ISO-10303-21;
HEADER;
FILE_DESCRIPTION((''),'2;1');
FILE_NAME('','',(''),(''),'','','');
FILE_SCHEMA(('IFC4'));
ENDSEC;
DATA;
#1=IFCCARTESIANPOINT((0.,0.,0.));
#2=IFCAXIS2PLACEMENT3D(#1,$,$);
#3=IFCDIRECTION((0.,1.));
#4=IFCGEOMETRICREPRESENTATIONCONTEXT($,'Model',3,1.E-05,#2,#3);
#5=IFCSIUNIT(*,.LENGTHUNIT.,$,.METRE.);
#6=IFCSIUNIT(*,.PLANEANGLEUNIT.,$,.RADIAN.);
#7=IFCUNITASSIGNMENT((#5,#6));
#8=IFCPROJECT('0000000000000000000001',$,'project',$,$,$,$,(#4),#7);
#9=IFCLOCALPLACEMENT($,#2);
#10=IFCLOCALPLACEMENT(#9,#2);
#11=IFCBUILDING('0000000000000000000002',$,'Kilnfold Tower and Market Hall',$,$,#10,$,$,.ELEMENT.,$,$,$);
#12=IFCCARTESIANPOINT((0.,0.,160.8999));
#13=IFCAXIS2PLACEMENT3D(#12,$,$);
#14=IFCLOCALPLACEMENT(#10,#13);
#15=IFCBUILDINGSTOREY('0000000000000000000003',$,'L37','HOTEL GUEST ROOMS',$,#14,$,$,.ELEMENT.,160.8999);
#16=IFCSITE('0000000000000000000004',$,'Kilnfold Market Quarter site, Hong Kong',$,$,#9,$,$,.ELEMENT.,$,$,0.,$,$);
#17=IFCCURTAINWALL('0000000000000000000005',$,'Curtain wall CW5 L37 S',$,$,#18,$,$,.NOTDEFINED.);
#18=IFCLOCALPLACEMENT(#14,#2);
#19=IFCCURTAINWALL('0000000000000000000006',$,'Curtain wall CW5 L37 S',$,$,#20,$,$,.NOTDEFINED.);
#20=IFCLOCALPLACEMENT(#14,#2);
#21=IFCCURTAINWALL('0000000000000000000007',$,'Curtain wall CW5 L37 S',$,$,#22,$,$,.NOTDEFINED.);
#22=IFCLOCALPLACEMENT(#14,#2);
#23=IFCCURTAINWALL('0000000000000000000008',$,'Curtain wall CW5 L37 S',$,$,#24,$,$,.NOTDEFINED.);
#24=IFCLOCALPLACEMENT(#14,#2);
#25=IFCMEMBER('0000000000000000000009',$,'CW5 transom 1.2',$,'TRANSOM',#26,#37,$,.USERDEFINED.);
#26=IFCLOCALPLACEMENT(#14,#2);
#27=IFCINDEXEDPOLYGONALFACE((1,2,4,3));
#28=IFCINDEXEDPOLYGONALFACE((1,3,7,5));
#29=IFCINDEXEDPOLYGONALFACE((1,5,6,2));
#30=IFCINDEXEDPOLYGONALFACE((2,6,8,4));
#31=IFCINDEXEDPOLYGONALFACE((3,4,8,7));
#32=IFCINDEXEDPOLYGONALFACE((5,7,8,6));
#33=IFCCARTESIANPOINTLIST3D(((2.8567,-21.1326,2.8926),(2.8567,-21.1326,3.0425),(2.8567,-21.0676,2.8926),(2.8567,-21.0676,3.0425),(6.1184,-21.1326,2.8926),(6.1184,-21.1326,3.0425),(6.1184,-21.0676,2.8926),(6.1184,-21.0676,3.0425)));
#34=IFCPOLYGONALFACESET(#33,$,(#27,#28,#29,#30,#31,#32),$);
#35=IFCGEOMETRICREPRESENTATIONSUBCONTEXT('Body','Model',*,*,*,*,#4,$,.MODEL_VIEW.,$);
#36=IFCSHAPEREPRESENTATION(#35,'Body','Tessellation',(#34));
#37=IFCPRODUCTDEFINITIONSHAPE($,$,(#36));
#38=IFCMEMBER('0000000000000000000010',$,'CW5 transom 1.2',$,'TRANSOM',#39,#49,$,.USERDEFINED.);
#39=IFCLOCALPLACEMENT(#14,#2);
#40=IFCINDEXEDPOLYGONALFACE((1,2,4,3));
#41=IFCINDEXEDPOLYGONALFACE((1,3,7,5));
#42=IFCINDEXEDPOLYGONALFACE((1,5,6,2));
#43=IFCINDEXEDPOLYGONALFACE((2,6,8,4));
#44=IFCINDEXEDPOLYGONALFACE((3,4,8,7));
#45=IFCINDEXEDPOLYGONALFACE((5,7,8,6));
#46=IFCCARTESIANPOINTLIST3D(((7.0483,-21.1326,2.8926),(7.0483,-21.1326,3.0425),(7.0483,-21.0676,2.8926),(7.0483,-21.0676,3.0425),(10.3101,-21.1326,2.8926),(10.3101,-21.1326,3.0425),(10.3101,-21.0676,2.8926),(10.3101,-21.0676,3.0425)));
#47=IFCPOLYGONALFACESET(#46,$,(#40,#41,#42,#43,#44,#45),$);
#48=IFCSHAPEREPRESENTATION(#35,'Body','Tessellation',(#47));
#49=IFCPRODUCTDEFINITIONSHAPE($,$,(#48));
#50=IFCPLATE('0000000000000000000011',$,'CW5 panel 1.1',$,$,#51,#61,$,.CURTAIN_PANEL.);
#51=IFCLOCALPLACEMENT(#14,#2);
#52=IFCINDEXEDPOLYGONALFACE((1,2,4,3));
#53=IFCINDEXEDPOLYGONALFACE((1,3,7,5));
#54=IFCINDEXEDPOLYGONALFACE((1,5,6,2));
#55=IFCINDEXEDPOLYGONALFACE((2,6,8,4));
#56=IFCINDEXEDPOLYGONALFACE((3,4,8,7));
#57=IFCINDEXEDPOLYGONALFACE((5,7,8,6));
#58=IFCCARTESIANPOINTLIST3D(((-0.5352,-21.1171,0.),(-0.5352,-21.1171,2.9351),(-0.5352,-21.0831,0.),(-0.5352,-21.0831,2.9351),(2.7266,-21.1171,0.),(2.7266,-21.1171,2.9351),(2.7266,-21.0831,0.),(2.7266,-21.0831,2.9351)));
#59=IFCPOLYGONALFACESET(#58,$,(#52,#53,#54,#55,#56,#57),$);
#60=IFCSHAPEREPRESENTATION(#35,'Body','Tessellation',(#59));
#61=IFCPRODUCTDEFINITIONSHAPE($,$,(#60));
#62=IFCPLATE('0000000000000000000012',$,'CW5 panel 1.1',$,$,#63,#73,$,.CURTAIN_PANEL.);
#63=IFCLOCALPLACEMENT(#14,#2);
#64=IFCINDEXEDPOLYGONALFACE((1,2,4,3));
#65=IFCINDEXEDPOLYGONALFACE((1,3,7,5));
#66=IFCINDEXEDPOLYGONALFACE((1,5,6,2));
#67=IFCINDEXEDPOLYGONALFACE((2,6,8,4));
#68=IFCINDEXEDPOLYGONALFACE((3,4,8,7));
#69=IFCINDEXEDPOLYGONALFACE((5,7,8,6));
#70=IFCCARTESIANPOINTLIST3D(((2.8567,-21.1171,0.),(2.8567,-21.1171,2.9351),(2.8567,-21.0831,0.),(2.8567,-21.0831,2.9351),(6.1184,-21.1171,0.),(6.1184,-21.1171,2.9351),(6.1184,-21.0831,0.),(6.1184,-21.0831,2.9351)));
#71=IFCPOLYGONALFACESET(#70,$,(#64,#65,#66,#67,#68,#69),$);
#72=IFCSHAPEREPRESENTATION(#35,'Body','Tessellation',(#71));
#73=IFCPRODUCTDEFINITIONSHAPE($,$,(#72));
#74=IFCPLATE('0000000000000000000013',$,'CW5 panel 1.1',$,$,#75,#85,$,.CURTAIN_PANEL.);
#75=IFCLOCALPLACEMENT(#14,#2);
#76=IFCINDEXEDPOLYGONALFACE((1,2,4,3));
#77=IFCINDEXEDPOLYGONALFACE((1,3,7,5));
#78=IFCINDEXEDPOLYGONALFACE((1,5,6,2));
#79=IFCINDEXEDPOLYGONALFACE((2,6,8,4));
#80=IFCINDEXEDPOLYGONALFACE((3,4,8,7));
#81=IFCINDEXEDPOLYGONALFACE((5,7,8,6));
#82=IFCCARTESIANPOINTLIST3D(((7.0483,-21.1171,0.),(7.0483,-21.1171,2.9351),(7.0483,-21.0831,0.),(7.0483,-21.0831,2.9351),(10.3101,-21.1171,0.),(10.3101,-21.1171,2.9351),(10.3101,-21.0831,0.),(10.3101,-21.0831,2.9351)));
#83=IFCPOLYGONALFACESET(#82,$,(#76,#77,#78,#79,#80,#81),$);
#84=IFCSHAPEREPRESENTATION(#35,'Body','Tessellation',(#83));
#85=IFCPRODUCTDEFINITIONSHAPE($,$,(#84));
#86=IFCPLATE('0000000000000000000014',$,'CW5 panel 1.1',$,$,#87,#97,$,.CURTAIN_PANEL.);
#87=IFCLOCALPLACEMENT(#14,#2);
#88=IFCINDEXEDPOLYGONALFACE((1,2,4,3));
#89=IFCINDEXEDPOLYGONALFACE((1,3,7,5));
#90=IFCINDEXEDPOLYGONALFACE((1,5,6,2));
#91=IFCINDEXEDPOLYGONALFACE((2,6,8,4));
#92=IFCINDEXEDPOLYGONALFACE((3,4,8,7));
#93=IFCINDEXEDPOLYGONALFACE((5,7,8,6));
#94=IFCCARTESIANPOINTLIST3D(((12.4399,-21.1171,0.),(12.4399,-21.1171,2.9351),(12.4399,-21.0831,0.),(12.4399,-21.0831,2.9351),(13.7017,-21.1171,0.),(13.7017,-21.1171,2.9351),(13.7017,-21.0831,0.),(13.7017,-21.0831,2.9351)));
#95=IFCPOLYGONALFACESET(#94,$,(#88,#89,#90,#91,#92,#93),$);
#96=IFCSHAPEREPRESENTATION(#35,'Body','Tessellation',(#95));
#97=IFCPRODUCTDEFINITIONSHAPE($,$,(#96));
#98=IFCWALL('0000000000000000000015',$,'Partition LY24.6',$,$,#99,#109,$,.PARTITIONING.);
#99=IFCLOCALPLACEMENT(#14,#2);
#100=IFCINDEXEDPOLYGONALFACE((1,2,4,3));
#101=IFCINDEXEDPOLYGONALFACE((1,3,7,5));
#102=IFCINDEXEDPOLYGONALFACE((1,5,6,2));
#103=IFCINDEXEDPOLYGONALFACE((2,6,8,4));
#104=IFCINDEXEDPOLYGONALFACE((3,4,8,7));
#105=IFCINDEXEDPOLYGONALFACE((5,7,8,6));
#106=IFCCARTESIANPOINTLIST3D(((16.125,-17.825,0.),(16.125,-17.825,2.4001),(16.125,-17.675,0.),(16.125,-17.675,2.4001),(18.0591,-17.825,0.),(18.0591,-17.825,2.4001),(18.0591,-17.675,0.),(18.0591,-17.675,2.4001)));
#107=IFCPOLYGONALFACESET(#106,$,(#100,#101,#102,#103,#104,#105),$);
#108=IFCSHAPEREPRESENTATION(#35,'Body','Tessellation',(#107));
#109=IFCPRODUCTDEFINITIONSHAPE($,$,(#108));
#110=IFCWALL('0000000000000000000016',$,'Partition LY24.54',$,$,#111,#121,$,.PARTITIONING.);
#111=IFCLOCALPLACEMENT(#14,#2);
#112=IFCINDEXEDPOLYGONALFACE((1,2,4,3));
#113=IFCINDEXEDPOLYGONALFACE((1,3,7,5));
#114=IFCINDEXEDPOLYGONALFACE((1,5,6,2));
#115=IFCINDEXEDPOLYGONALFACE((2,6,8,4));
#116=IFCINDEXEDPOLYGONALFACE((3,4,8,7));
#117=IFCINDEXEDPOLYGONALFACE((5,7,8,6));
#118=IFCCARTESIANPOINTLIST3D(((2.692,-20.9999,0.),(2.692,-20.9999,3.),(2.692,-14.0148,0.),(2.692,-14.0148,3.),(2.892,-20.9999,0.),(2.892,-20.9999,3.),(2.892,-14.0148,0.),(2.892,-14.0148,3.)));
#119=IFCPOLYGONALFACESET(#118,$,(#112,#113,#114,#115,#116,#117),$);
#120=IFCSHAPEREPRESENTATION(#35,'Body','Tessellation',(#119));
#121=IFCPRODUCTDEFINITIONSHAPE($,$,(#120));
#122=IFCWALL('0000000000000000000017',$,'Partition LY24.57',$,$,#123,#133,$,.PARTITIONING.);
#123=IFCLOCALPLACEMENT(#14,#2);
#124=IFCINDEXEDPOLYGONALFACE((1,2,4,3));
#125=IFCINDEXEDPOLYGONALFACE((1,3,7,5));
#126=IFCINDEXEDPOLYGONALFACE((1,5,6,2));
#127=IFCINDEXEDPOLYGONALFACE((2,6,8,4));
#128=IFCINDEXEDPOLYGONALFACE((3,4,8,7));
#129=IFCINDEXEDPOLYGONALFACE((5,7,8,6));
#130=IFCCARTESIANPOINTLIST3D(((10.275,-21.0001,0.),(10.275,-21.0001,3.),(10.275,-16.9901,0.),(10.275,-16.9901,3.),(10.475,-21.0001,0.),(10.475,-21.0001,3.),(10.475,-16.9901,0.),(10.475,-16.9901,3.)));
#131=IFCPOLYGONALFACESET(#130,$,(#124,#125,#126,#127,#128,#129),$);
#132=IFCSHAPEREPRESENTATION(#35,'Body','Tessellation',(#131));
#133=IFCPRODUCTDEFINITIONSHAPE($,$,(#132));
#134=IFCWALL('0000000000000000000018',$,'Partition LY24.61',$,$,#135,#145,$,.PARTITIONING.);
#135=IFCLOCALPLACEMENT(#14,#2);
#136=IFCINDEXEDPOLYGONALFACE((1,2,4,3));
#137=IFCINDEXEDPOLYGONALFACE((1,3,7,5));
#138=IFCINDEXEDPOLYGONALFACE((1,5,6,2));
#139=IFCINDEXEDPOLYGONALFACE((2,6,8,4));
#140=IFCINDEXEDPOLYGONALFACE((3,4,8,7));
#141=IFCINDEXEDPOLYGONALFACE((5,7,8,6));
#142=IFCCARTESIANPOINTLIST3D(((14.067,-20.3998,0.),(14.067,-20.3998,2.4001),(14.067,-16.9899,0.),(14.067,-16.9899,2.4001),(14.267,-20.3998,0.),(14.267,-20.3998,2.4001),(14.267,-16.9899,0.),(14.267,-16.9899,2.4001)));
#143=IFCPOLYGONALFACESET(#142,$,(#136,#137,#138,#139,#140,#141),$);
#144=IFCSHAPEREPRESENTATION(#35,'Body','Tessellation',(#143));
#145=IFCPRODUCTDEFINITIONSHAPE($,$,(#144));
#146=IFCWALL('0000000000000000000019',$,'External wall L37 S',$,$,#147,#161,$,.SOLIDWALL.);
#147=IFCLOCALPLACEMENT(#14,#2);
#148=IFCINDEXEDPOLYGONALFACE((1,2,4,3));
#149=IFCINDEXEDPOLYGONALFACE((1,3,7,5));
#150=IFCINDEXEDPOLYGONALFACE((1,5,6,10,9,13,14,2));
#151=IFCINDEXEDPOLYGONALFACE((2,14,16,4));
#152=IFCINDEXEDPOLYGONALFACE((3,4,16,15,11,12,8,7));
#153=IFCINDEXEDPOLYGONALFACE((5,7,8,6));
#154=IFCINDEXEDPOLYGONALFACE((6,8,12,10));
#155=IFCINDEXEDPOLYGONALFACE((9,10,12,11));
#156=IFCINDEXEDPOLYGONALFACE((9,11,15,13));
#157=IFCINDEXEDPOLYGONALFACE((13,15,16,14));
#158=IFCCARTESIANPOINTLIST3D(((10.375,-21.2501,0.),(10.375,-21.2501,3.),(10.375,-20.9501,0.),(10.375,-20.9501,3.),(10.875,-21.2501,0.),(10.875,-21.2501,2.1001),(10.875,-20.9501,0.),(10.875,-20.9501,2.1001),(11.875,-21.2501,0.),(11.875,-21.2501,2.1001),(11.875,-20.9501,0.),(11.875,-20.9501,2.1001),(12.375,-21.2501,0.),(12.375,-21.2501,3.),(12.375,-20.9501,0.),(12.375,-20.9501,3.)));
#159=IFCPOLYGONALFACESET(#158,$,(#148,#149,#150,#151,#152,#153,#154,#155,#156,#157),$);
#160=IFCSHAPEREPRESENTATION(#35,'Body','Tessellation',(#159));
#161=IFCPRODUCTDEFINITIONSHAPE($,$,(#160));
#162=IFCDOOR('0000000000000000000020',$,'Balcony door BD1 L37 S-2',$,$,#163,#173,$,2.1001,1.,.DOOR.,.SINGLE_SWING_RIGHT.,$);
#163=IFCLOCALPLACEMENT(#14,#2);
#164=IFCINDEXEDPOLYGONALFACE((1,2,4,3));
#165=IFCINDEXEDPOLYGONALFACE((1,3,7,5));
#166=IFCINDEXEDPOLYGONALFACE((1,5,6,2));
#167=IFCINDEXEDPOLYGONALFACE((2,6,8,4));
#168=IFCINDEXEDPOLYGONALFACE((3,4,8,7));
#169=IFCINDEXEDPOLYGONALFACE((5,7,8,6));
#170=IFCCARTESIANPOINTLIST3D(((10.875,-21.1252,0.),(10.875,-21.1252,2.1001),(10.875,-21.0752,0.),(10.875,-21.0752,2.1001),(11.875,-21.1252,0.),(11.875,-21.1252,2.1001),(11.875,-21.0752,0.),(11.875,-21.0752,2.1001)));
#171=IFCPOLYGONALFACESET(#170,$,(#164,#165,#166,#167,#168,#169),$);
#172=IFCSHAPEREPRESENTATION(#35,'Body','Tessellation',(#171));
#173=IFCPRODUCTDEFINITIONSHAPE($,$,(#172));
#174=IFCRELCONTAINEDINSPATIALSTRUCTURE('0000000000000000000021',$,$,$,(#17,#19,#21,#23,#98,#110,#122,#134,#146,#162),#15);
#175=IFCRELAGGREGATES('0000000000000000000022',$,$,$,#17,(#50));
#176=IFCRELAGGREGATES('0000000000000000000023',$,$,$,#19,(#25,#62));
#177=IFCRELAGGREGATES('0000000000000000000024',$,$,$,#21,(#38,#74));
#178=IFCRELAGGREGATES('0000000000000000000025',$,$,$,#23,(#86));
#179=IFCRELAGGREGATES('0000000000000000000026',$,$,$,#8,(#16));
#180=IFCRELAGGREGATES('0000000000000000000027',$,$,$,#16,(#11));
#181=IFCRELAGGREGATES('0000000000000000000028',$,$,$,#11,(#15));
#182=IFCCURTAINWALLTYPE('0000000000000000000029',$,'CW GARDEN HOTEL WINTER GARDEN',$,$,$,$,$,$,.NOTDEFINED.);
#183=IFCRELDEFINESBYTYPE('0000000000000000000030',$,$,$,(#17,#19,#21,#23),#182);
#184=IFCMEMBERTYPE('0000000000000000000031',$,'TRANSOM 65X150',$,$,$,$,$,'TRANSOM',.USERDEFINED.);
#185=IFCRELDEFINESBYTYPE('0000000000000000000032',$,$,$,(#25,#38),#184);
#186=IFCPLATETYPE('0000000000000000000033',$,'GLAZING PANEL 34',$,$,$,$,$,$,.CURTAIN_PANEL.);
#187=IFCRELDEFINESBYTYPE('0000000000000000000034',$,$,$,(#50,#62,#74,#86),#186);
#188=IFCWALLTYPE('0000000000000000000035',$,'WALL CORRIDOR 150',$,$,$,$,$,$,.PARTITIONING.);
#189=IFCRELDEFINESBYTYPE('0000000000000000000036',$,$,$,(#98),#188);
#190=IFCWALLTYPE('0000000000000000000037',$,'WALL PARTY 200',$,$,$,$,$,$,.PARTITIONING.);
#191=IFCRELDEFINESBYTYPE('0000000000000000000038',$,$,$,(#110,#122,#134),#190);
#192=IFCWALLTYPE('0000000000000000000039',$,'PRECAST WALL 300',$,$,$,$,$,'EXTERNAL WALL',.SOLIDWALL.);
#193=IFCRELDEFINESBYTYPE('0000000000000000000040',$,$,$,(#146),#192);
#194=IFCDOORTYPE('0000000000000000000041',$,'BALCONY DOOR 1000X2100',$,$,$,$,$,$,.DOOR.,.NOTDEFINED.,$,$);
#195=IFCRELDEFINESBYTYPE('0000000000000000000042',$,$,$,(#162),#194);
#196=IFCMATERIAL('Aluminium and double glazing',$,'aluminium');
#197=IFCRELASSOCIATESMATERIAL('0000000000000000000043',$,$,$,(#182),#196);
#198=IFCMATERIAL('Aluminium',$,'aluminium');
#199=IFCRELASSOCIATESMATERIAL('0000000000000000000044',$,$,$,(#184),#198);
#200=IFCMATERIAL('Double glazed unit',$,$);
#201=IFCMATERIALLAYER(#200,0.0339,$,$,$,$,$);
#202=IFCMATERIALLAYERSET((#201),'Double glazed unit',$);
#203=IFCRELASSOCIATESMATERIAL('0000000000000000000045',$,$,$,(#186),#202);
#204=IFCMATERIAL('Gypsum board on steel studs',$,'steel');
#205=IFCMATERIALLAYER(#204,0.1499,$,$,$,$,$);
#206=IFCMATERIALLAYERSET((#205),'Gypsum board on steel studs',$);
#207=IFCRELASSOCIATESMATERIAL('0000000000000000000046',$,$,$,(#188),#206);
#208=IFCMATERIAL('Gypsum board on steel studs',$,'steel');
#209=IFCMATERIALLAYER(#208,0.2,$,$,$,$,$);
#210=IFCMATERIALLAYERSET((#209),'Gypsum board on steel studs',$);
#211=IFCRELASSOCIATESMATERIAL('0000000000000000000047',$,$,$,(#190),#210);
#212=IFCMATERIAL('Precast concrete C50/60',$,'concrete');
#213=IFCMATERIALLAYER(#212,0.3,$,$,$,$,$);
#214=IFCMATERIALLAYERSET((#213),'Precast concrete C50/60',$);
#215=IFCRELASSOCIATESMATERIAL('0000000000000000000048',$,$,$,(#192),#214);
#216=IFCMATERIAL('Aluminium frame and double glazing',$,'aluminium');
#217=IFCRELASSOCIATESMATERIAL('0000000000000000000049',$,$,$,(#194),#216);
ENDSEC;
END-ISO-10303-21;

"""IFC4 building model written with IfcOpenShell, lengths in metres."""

from ifc_helpers import new_model, si_unit, direction, frame, frame_2d, origin, origin_2d, place, context, subcontext, project, spatial, rectangle, extrude, source, transform, mapped, material, layer, layer_set, material_profile, profile_set, type_object, element, fill, aggregate, save


model = new_model("IFC4")

# Units and contexts
model_context = context("Model", 3, precision=1e-05, world=origin(), true_north=direction((0.0, 1.0)))
body_context = subcontext(model_context, "Body", "Model", "MODEL_VIEW")
ifc_project = project(units=[si_unit("LENGTHUNIT", "METRE"), si_unit("PLANEANGLEUNIT", "RADIAN")], contexts=[model_context])

# Site, building, storey
site_placement = place(None, origin())
site = spatial("IfcSite", under=ifc_project, at=site_placement, Name="Kilnfold Market Quarter site, Hong Kong", CompositionType="ELEMENT", RefElevation=0.0)
building_placement = place(site_placement, origin())
building = spatial("IfcBuilding", under=site, at=building_placement, Name="Kilnfold Tower and Market Hall", CompositionType="ELEMENT")
storey_placement = place(building_placement, frame((0.0, 0.0, 160.8999)))
storey = spatial("IfcBuildingStorey", under=building, at=storey_placement, Name="L37", Description="HOTEL GUEST ROOMS", CompositionType="ELEMENT", Elevation=160.8999)

# Curtain wall
ifc_material_1 = material(Name="Aluminium and double glazing", Category="aluminium")
curtain_wall_type = type_object("IfcCurtainWallType", Name="CW GARDEN HOTEL WINTER GARDEN", PredefinedType="NOTDEFINED", material=ifc_material_1)
curtain_wall_1_placement = place(storey_placement, origin())
curtain_wall_1 = element("IfcCurtainWall", 1, at=curtain_wall_1_placement, inside=storey, type_object=curtain_wall_type, Name="Curtain wall CW5 L37 S", PredefinedType="NOTDEFINED")

# Curtain walls
curtain_wall_2_placement = place(storey_placement, origin())
curtain_wall_2 = element("IfcCurtainWall", 2, at=curtain_wall_2_placement, inside=storey, type_object=curtain_wall_type, Name="Curtain wall CW5 L37 S", PredefinedType="NOTDEFINED")
curtain_wall_3_placement = place(storey_placement, origin())
curtain_wall_3 = element("IfcCurtainWall", 3, at=curtain_wall_3_placement, inside=storey, type_object=curtain_wall_type, Name="Curtain wall CW5 L37 S", PredefinedType="NOTDEFINED")
curtain_wall_4_placement = place(storey_placement, origin())
curtain_wall_4 = element("IfcCurtainWall", 4, at=curtain_wall_4_placement, inside=storey, type_object=curtain_wall_type, Name="Curtain wall CW5 L37 S", PredefinedType="NOTDEFINED")

# Members
ifc_material_2 = material(Name="Aluminium", Category="aluminium")
ifc_material_profile_1 = material_profile(ifc_material_2, rectangle(XDim=0.0649, YDim=0.1499, at=origin_2d()), Name="TRANSOM 65x150")
ifc_profile_set_1 = profile_set([ifc_material_profile_1], Name="Aluminium")
member_type_1 = type_object("IfcMemberType", Name="TRANSOM 65X150", ElementType="TRANSOM", PredefinedType="USERDEFINED", material=ifc_profile_set_1)
shared_shape_1 = source(origin(), body_context, "Body", "SweptSolid", [
    extrude(rectangle(XDim=0.0649, YDim=0.1499, at=origin_2d()), origin(), (0.0, 0.0, 1.0), 3.2617),
])
member_1_placement = place(storey_placement, frame((2.8567, -21.1001, 2.9675), z_axis=(1.0, 0.0, 0.0), x_axis=(0.0, 1.0, 0.0)))
member_1 = element("IfcMember", 5, at=member_1_placement, type_object=member_type_1, Name="CW5 transom 1.2", ObjectType="TRANSOM", PredefinedType="USERDEFINED", context=body_context, shape_type="MappedRepresentation", body=[
    mapped(shared_shape_1, transform((0.0, 0.0, 0.0))),
])
member_2_placement = place(storey_placement, frame((7.0483, -21.1001, 2.9675), z_axis=(1.0, 0.0, 0.0), x_axis=(0.0, 1.0, 0.0)))
member_2 = element("IfcMember", 6, at=member_2_placement, type_object=member_type_1, Name="CW5 transom 1.2", ObjectType="TRANSOM", PredefinedType="USERDEFINED", context=body_context, shape_type="MappedRepresentation", body=[
    mapped(shared_shape_1, transform((0.0, 0.0, 0.0))),
])

# Plates
ifc_material_3 = material(Name="Double glazed unit")
ifc_layer_1 = layer(ifc_material_3, 0.0339)
ifc_layer_set_1 = layer_set([ifc_layer_1], Name="Double glazed unit")
plate_type = type_object("IfcPlateType", Name="GLAZING PANEL 34", PredefinedType="CURTAIN_PANEL", material=ifc_layer_set_1)
shared_shape_2 = source(origin(), body_context, "Body", "SweptSolid", [
    extrude(rectangle(XDim=3.2617, YDim=0.0339, at=origin_2d()), origin(), (0.0, 0.0, 1.0), 2.9351),
])
plate_1_placement = place(storey_placement, frame((1.0957, -21.1001, 0.0), z_axis=(0.0, 0.0, 1.0), x_axis=(1.0, 0.0, 0.0)))
plate_1 = element("IfcPlate", 7, at=plate_1_placement, type_object=plate_type, Name="CW5 panel 1.1", PredefinedType="CURTAIN_PANEL", context=body_context, shape_type="MappedRepresentation", body=[
    mapped(shared_shape_2, transform((0.0, 0.0, 0.0))),
])
aggregate(curtain_wall_1, [plate_1])
plate_2_placement = place(storey_placement, frame((4.4875, -21.1001, 0.0), z_axis=(0.0, 0.0, 1.0), x_axis=(1.0, 0.0, 0.0)))
plate_2 = element("IfcPlate", 8, at=plate_2_placement, type_object=plate_type, Name="CW5 panel 1.1", PredefinedType="CURTAIN_PANEL", context=body_context, shape_type="MappedRepresentation", body=[
    mapped(shared_shape_2, transform((0.0, 0.0, 0.0))),
])
aggregate(curtain_wall_2, [member_1, plate_2])
plate_3_placement = place(storey_placement, frame((8.6792, -21.1001, 0.0), z_axis=(0.0, 0.0, 1.0), x_axis=(1.0, 0.0, 0.0)))
plate_3 = element("IfcPlate", 9, at=plate_3_placement, type_object=plate_type, Name="CW5 panel 1.1", PredefinedType="CURTAIN_PANEL", context=body_context, shape_type="MappedRepresentation", body=[
    mapped(shared_shape_2, transform((0.0, 0.0, 0.0))),
])
aggregate(curtain_wall_3, [member_2, plate_3])
shared_shape_3 = source(origin(), body_context, "Body", "SweptSolid", [
    extrude(rectangle(XDim=1.2617, YDim=0.0339, at=origin_2d()), origin(), (0.0, 0.0, 1.0), 2.9351),
])
plate_4_placement = place(storey_placement, frame((13.0708, -21.1001, 0.0), z_axis=(0.0, 0.0, 1.0), x_axis=(1.0, 0.0, 0.0)))
plate_4 = element("IfcPlate", 10, at=plate_4_placement, type_object=plate_type, Name="CW5 panel 1.1", PredefinedType="CURTAIN_PANEL", context=body_context, shape_type="MappedRepresentation", body=[
    mapped(shared_shape_3, transform((0.0, 0.0, 0.0))),
])
aggregate(curtain_wall_4, [plate_4])

# Walls
ifc_material_4 = material(Name="Gypsum board on steel studs", Category="steel")
ifc_layer_2 = layer(ifc_material_4, 0.1499)
ifc_layer_set_2 = layer_set([ifc_layer_2], Name="Gypsum board on steel studs")
wall_type_1 = type_object("IfcWallType", Name="WALL CORRIDOR 150", PredefinedType="PARTITIONING", material=ifc_layer_set_2)
wall_1_placement = place(storey_placement, frame((16.125, -17.75, 0.0), z_axis=(0.0, 0.0, 1.0), x_axis=(1.0, 0.0, 0.0)))
element("IfcWall", 11, at=wall_1_placement, inside=storey, type_object=wall_type_1, Name="Partition LY24.6", PredefinedType="PARTITIONING", context=body_context, shape_type="SweptSolid", body=[
    extrude(rectangle(XDim=1.9341, YDim=0.1499, at=frame_2d((0.967, 0.0))), origin(), (0.0, 0.0, 1.0), 2.4001),
])
ifc_material_5 = material(Name="Gypsum board on steel studs", Category="steel")
ifc_layer_3 = layer(ifc_material_5, 0.2)
ifc_layer_set_3 = layer_set([ifc_layer_3], Name="Gypsum board on steel studs")
wall_type_2 = type_object("IfcWallType", Name="WALL PARTY 200", PredefinedType="PARTITIONING", material=ifc_layer_set_3)
wall_2_placement = place(storey_placement, frame((2.792, -21.0, 0.0), z_axis=(0.0, 0.0, 1.0), x_axis=(0.0, 1.0, 0.0)))
element("IfcWall", 12, at=wall_2_placement, inside=storey, type_object=wall_type_2, Name="Partition LY24.54", PredefinedType="PARTITIONING", context=body_context, shape_type="SweptSolid", body=[
    extrude(rectangle(XDim=6.9851, YDim=0.2, at=frame_2d((3.4927, 0.0))), origin(), (0.0, 0.0, 1.0), 3.0),
])
wall_3_placement = place(storey_placement, frame((10.375, -21.0, 0.0), z_axis=(0.0, 0.0, 1.0), x_axis=(0.0, 1.0, 0.0)))
element("IfcWall", 13, at=wall_3_placement, inside=storey, type_object=wall_type_2, Name="Partition LY24.57", PredefinedType="PARTITIONING", context=body_context, shape_type="SweptSolid", body=[
    extrude(rectangle(XDim=4.01, YDim=0.2, at=frame_2d((2.0049, 0.0))), origin(), (0.0, 0.0, 1.0), 3.0),
])
wall_4_placement = place(storey_placement, frame((14.167, -20.3999, 0.0), z_axis=(0.0, 0.0, 1.0), x_axis=(0.0, 1.0, 0.0)))
element("IfcWall", 14, at=wall_4_placement, inside=storey, type_object=wall_type_2, Name="Partition LY24.61", PredefinedType="PARTITIONING", context=body_context, shape_type="SweptSolid", body=[
    extrude(rectangle(XDim=3.4099, YDim=0.2, at=frame_2d((1.7051, 0.0))), origin(), (0.0, 0.0, 1.0), 2.4001),
])

# Wall, opening, door
ifc_material_6 = material(Name="Precast concrete C50/60", Category="concrete")
ifc_layer_4 = layer(ifc_material_6, 0.3)
ifc_layer_set_4 = layer_set([ifc_layer_4], Name="Precast concrete C50/60")
wall_type_3 = type_object("IfcWallType", Name="PRECAST WALL 300", ElementType="EXTERNAL WALL", PredefinedType="SOLIDWALL", material=ifc_layer_set_4)
shared_shape_4 = source(origin(), body_context, "Body", "SweptSolid", [
    extrude(rectangle(XDim=2.0, YDim=0.3, at=frame_2d((1.0, 0.0))), origin(), (0.0, 0.0, 1.0), 3.0),
])
wall_5_placement = place(storey_placement, frame((10.375, -21.1001, 0.0), z_axis=(0.0, 0.0, 1.0), x_axis=(1.0, 0.0, 0.0)))
wall_5 = element("IfcWall", 15, at=wall_5_placement, inside=storey, type_object=wall_type_3, Name="External wall L37 S", PredefinedType="SOLIDWALL", context=body_context, shape_type="MappedRepresentation", body=[
    mapped(shared_shape_4, transform((0.0, 0.0, 0.0))),
])
opening_1_placement = place(wall_5_placement, frame((0.5, 0.0, 0.0)))
opening_1 = element("IfcOpeningElement", 16, at=opening_1_placement, cuts=wall_5, PredefinedType="OPENING", context=body_context, shape_type="SweptSolid", body=[
    extrude(rectangle(XDim=1.0, YDim=2.1001, at=frame_2d((0.5, 1.05))), frame((0.0, 0.1602, 0.0), z_axis=(0.0, -1.0, 0.0), x_axis=(1.0, 0.0, 0.0)), (0.0, 0.0, 1.0), 0.3201),
])
ifc_material_7 = material(Name="Aluminium frame and double glazing", Category="aluminium")
door_type = type_object("IfcDoorType", Name="BALCONY DOOR 1000X2100", OperationType="NOTDEFINED", PredefinedType="DOOR", material=ifc_material_7)
door_1_placement = place(opening_1_placement, origin())
door_1 = element("IfcDoor", 17, at=door_1_placement, inside=storey, type_object=door_type, Name="Balcony door BD1 L37 S-2", OperationType="SINGLE_SWING_RIGHT", OverallHeight=2.1001, OverallWidth=1.0, PredefinedType="DOOR", context=body_context, shape_type="SweptSolid", body=[
    extrude(rectangle(XDim=1.0, YDim=2.1001, at=frame_2d((0.5, 1.05))), frame((0.0, 0.0249, 0.0), z_axis=(0.0, -1.0, 0.0), x_axis=(1.0, 0.0, 0.0)), (0.0, 0.0, 1.0), 0.05),
])
fill(opening_1, door_1)

save(model, "model.ifc")
